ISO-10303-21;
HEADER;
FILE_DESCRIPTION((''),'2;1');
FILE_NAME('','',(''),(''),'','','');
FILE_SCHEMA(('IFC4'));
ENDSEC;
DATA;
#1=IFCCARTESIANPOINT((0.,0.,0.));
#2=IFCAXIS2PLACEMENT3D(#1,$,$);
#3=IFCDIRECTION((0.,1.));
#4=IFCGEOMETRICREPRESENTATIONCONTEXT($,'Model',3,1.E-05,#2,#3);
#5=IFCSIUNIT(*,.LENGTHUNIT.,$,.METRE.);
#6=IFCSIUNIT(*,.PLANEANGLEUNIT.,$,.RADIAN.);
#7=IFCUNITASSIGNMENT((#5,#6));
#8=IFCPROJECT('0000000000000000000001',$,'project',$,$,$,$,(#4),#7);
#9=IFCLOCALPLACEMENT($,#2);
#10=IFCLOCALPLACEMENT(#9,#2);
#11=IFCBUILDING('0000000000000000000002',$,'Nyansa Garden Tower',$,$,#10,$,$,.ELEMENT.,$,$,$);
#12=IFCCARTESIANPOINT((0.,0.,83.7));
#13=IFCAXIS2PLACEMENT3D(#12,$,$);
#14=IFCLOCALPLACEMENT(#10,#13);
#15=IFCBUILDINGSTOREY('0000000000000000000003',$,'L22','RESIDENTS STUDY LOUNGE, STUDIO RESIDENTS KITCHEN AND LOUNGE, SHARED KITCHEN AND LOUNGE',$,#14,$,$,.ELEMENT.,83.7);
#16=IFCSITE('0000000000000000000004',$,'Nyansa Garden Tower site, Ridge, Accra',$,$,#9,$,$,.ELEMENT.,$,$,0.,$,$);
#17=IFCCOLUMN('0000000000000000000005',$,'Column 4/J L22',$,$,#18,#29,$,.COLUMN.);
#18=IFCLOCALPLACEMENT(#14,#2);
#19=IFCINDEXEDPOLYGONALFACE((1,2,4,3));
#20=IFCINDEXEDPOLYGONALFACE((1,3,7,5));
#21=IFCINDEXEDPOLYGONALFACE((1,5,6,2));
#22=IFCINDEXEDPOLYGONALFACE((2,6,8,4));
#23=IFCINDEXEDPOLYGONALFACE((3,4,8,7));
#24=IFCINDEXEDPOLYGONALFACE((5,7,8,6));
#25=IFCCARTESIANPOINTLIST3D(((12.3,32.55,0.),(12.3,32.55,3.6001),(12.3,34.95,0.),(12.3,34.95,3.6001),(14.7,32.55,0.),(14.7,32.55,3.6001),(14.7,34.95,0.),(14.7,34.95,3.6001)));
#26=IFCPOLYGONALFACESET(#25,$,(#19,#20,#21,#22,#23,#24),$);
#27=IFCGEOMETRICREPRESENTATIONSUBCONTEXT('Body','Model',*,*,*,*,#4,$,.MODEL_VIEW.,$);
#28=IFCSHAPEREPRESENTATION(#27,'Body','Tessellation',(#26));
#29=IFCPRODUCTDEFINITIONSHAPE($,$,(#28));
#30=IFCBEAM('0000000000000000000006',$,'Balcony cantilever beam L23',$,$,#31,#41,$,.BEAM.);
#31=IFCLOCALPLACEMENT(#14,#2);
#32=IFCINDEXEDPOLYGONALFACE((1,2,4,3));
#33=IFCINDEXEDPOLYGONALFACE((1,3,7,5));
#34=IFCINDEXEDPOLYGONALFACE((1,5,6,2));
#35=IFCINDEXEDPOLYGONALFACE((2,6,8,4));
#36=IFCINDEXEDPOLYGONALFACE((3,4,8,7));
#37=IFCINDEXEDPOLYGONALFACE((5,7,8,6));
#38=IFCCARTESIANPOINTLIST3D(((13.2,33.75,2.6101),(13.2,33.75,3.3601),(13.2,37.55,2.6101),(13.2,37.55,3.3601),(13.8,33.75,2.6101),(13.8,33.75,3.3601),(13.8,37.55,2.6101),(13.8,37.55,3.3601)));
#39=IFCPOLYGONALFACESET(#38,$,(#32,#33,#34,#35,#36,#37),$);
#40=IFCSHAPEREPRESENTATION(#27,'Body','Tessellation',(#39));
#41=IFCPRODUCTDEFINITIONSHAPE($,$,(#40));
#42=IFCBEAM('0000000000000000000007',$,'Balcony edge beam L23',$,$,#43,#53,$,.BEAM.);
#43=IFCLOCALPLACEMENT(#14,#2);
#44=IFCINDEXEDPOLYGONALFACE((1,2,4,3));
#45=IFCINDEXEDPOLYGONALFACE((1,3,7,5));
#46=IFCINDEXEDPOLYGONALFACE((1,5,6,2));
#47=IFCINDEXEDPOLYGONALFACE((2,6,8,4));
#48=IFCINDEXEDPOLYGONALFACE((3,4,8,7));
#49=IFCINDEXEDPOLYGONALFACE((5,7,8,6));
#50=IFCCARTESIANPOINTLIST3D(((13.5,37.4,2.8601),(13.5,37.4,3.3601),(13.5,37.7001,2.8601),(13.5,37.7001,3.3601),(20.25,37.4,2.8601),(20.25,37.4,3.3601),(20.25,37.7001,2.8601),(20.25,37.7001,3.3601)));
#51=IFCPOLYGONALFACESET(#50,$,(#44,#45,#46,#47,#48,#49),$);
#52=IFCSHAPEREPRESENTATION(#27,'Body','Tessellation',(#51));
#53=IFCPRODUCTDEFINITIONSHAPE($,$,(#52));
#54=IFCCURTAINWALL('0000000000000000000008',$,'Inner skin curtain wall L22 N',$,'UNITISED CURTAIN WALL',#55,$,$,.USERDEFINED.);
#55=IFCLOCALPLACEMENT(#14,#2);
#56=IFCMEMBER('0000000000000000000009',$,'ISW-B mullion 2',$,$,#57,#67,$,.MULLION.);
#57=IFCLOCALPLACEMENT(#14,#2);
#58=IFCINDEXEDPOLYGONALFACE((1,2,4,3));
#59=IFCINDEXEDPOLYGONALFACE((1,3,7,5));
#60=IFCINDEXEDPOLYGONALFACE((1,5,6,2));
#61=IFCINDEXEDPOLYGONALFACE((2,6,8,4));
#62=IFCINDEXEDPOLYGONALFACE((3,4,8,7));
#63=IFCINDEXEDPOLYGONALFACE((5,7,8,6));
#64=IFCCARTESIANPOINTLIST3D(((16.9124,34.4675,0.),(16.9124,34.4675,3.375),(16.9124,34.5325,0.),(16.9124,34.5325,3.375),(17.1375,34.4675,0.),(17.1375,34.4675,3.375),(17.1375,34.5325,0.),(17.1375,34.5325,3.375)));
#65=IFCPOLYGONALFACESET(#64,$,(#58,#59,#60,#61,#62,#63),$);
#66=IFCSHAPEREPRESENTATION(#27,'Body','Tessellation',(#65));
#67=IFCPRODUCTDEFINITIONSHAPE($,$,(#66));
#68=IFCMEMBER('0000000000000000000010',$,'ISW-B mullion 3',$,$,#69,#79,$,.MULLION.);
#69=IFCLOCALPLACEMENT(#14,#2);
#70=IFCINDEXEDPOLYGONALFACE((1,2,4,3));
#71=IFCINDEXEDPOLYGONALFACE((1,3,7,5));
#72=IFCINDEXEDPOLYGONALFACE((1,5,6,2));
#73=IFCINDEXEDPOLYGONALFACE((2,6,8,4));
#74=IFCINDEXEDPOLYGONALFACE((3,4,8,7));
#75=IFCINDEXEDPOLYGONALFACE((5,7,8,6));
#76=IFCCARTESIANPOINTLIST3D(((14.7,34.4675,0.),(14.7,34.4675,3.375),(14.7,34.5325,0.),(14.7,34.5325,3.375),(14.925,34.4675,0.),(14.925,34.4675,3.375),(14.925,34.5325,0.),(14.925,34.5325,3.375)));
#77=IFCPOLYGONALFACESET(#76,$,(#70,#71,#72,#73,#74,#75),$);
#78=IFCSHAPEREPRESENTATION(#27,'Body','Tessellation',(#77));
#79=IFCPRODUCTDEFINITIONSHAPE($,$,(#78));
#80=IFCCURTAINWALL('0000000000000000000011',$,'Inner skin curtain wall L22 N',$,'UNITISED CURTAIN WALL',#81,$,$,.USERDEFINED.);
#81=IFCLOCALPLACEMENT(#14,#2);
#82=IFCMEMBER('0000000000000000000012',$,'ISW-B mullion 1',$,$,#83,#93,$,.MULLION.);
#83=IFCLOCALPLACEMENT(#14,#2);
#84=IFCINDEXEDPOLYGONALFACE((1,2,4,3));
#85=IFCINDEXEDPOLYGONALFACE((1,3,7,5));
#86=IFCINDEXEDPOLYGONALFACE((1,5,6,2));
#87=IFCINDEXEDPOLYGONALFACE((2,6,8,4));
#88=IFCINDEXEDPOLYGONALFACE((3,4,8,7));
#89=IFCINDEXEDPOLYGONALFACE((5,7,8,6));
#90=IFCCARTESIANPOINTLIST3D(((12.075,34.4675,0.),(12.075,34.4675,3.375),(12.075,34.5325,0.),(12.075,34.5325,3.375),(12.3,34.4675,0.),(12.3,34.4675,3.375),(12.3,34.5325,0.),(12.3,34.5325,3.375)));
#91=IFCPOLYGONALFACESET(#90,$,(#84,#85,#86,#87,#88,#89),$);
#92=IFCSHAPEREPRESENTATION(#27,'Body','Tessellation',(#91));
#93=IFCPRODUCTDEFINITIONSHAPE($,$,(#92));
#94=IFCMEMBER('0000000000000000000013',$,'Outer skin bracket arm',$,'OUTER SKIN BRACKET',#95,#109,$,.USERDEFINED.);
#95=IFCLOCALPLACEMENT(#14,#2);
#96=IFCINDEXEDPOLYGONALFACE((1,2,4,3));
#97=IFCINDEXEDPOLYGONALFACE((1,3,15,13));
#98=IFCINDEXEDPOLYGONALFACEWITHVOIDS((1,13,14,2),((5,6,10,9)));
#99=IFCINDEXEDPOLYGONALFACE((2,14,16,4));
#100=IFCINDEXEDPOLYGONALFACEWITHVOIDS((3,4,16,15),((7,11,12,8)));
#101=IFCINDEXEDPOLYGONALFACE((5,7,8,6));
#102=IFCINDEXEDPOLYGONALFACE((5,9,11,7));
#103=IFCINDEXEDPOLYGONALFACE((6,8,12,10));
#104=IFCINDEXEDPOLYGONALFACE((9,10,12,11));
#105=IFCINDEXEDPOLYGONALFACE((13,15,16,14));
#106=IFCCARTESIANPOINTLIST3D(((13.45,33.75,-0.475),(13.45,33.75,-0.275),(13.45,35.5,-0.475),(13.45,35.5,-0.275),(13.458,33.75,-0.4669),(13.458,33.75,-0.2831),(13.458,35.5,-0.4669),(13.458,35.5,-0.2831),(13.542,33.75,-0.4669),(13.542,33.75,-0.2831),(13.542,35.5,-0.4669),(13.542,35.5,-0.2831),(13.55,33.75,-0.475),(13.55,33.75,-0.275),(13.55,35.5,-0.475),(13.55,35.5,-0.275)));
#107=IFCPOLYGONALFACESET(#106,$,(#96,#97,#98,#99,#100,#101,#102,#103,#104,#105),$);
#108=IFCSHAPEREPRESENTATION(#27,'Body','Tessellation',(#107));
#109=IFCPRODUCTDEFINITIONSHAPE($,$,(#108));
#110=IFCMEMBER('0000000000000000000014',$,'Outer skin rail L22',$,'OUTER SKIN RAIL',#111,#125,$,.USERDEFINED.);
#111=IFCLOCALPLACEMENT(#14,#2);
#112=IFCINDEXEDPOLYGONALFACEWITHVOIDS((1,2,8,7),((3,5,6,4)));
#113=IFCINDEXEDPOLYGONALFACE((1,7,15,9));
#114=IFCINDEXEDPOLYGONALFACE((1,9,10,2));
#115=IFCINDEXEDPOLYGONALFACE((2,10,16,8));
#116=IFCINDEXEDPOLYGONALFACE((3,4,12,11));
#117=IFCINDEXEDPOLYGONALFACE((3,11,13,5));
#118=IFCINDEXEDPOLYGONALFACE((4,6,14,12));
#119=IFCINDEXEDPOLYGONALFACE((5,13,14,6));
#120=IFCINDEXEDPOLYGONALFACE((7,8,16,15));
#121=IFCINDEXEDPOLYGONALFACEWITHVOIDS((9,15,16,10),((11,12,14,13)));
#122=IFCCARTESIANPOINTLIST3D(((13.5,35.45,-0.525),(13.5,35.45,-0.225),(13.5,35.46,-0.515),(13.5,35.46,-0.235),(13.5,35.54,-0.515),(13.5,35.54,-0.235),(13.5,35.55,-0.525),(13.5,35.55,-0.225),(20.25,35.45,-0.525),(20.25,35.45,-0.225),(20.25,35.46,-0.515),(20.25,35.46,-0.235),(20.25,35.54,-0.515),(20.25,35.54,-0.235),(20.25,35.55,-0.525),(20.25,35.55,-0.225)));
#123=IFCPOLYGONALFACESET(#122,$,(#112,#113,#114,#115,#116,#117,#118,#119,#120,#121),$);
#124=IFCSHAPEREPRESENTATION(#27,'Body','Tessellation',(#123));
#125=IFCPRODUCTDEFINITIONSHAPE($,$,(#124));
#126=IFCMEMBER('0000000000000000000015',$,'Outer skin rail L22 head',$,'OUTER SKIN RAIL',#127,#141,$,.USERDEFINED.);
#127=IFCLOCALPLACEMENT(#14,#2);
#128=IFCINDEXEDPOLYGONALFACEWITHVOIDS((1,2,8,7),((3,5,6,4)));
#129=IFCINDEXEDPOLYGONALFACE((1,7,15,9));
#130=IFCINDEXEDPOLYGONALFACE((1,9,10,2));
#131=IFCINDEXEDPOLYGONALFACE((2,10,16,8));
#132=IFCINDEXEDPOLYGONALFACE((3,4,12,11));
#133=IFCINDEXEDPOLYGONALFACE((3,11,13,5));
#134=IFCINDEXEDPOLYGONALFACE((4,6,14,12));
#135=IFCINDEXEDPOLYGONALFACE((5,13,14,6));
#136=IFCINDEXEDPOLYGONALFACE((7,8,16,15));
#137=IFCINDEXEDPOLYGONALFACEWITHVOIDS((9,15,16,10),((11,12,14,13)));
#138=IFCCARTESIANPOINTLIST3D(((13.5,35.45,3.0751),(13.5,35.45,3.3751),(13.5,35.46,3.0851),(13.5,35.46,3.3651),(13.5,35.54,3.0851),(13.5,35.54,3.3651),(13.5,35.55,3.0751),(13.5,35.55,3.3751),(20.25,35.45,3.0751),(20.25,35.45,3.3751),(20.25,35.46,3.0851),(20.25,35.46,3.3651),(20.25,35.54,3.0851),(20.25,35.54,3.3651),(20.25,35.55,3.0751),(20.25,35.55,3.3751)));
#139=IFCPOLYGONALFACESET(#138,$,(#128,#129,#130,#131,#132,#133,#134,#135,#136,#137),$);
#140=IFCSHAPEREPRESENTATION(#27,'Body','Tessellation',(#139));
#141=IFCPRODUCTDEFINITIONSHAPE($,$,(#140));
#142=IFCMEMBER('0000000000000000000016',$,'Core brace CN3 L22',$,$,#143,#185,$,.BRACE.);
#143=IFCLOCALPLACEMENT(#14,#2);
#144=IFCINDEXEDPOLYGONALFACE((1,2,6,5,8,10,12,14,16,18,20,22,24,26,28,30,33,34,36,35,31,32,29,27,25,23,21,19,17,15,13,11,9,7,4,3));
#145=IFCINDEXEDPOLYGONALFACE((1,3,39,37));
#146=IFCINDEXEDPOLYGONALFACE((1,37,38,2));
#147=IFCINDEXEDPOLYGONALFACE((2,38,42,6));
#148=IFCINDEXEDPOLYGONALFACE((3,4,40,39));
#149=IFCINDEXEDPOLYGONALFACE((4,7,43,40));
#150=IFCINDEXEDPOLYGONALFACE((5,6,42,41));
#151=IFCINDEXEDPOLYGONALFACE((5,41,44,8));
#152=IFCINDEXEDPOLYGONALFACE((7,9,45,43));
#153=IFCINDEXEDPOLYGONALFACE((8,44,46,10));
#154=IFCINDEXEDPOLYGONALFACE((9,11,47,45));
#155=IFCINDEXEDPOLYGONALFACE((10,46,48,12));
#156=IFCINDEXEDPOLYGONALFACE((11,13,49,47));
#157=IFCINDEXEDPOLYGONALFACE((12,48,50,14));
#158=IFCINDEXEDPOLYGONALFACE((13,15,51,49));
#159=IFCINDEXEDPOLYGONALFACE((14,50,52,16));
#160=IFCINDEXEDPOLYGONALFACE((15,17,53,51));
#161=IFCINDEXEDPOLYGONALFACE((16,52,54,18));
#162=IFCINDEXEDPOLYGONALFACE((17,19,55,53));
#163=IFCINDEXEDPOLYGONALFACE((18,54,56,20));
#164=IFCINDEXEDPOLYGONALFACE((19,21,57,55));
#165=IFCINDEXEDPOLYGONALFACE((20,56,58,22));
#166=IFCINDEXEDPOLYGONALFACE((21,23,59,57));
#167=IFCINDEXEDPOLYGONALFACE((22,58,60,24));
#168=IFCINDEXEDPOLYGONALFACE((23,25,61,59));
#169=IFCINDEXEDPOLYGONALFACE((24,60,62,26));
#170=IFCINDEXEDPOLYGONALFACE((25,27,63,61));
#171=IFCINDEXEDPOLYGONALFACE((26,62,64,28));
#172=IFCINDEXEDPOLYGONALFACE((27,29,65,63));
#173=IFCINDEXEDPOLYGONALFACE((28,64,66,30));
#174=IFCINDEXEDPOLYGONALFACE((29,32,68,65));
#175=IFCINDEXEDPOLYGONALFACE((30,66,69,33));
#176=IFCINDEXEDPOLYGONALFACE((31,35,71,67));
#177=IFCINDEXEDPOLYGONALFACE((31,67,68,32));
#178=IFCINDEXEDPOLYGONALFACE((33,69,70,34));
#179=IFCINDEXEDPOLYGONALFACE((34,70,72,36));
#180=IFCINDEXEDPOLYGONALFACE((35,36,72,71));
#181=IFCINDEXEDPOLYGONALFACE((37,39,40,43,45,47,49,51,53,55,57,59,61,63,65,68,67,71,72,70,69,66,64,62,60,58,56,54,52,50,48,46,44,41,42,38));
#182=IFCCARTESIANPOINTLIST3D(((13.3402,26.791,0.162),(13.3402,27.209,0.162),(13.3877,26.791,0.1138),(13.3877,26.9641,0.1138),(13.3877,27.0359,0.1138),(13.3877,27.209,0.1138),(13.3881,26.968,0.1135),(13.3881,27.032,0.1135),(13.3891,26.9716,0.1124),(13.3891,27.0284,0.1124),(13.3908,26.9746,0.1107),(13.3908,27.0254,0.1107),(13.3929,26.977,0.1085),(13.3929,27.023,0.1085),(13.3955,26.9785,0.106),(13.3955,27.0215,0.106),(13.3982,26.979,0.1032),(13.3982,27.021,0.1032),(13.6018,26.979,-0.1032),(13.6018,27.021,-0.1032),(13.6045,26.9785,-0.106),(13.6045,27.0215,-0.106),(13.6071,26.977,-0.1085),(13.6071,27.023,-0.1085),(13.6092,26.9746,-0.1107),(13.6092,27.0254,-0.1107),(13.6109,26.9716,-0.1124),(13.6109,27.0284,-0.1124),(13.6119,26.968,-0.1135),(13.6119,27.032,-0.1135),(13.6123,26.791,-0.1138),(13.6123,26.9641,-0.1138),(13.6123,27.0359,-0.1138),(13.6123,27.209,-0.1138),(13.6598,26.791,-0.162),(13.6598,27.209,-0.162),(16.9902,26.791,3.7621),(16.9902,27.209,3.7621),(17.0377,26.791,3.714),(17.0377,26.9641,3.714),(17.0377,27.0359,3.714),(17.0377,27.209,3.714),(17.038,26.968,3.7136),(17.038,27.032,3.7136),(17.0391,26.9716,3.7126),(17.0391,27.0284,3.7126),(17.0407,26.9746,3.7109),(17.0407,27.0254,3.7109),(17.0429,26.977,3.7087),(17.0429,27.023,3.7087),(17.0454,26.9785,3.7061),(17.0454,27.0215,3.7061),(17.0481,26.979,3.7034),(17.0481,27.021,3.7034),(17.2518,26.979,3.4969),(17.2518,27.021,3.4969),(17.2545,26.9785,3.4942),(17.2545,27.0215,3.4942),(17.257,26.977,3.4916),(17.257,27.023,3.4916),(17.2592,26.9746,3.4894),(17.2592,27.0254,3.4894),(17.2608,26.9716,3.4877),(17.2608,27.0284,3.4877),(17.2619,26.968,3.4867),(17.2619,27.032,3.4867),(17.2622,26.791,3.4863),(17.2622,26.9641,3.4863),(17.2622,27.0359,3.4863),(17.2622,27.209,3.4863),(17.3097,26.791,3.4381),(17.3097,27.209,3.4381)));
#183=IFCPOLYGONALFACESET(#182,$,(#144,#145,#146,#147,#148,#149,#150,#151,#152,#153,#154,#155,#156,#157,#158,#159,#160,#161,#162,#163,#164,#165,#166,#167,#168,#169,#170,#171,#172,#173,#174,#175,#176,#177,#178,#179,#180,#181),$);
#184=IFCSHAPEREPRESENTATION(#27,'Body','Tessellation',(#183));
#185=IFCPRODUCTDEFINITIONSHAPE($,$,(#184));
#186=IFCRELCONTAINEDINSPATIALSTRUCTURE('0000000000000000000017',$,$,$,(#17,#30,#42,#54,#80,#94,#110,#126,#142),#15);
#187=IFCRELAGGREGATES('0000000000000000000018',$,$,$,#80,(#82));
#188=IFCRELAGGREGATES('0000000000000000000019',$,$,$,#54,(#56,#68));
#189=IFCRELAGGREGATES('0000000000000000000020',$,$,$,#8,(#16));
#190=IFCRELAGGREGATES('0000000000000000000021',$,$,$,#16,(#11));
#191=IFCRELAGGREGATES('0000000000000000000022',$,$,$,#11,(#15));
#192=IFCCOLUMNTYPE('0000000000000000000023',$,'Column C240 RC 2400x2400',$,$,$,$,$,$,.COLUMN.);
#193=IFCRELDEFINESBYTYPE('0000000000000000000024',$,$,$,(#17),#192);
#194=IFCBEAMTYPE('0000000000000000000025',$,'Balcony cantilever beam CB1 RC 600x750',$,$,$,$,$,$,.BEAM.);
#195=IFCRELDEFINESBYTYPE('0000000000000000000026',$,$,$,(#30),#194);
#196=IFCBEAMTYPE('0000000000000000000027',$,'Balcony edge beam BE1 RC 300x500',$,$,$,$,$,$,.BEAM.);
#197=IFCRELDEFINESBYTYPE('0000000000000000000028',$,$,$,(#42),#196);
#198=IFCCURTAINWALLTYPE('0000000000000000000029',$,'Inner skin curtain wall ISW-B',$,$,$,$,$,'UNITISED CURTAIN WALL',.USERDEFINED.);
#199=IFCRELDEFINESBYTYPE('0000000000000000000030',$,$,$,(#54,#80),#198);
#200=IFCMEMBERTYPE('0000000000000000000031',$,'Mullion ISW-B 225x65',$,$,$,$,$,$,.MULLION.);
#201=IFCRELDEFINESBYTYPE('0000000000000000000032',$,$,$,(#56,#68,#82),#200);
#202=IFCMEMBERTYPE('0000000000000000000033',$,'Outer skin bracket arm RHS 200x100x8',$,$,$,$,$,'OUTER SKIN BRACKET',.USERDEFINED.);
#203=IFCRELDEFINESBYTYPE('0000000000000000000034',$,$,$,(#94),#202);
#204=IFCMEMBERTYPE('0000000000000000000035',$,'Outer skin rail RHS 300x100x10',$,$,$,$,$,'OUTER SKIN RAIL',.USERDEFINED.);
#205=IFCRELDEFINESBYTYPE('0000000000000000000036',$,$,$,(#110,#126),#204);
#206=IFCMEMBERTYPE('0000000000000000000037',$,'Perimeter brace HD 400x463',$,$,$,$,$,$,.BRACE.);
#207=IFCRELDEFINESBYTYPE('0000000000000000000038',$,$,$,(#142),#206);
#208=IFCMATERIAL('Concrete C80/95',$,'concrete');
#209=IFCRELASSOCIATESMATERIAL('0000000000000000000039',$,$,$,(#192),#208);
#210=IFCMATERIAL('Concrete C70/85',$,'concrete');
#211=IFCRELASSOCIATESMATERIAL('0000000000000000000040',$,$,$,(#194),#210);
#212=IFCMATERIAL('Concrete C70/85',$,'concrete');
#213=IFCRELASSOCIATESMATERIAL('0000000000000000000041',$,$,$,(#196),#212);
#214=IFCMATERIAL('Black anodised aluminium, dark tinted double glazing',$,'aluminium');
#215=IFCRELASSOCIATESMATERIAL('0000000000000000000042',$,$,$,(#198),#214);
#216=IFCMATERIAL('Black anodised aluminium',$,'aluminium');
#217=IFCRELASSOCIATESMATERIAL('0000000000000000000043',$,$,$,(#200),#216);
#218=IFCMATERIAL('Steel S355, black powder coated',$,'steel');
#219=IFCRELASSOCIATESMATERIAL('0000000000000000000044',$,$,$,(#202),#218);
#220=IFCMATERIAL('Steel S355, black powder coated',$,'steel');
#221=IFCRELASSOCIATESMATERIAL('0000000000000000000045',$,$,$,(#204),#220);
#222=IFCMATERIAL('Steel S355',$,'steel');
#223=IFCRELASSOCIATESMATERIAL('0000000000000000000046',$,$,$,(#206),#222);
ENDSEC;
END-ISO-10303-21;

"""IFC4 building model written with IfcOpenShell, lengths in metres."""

from ifc_helpers import new_model, si_unit, direction, frame, origin, origin_2d, place, context, subcontext, project, spatial, rectangle, hollow_rectangle, i_section, extrude, material, material_profile, profile_set, type_object, element, aggregate, save


model = new_model("IFC4")

# Units and contexts
model_context = context("Model", 3, precision=1e-05, world=origin(), true_north=direction((0.0, 1.0)))
body_context = subcontext(model_context, "Body", "Model", "MODEL_VIEW")
ifc_project = project(units=[si_unit("LENGTHUNIT", "METRE"), si_unit("PLANEANGLEUNIT", "RADIAN")], contexts=[model_context])

# Site, building, storey
site_placement = place(None, origin())
site = spatial("IfcSite", under=ifc_project, at=site_placement, Name="Nyansa Garden Tower site, Ridge, Accra", CompositionType="ELEMENT", RefElevation=0.0)
building_placement = place(site_placement, origin())
building = spatial("IfcBuilding", under=site, at=building_placement, Name="Nyansa Garden Tower", CompositionType="ELEMENT")
storey_placement = place(building_placement, frame((0.0, 0.0, 83.7)))
storey = spatial("IfcBuildingStorey", under=building, at=storey_placement, Name="L22", Description="RESIDENTS STUDY LOUNGE, STUDIO RESIDENTS KITCHEN AND LOUNGE, SHARED KITCHEN AND LOUNGE", CompositionType="ELEMENT", Elevation=83.7)

# Column
ifc_material_1 = material(Name="Concrete C80/95", Category="concrete")
ifc_material_profile_1 = material_profile(ifc_material_1, rectangle(XDim=2.3999, YDim=2.3999, at=origin_2d()), Name="RC 2400x2400")
ifc_profile_set_1 = profile_set([ifc_material_profile_1], Name="Concrete C80/95")
column_type = type_object("IfcColumnType", Name="Column C240 RC 2400x2400", PredefinedType="COLUMN", material=ifc_profile_set_1)
column_placement = place(storey_placement, frame((13.5, 33.75, 0.0), z_axis=(0.0, 0.0, 1.0), x_axis=(1.0, 0.0, 0.0)))
element("IfcColumn", 1, at=column_placement, inside=storey, type_object=column_type, Name="Column 4/J L22", PredefinedType="COLUMN", context=body_context, shape_type="SweptSolid", body=[
    extrude(rectangle(XDim=2.3999, YDim=2.3999, at=origin_2d()), origin(), (0.0, 0.0, 1.0), 3.6001),
])

# Beams
ifc_material_2 = material(Name="Concrete C70/85", Category="concrete")
ifc_material_profile_2 = material_profile(ifc_material_2, rectangle(XDim=0.6001, YDim=0.75, at=origin_2d()), Name="RC 600x750")
ifc_profile_set_2 = profile_set([ifc_material_profile_2], Name="Concrete C70/85")
beam_type_1 = type_object("IfcBeamType", Name="Balcony cantilever beam CB1 RC 600x750", PredefinedType="BEAM", material=ifc_profile_set_2)
beam_1_placement = place(storey_placement, frame((13.5, 33.75, 2.9851), z_axis=(0.0, 1.0, 0.0), x_axis=(-1.0, 0.0, 0.0)))
element("IfcBeam", 2, at=beam_1_placement, inside=storey, type_object=beam_type_1, Name="Balcony cantilever beam L23", PredefinedType="BEAM", context=body_context, shape_type="SweptSolid", body=[
    extrude(rectangle(XDim=0.6001, YDim=0.75, at=origin_2d()), origin(), (0.0, 0.0, 1.0), 3.8),
])
ifc_material_3 = material(Name="Concrete C70/85", Category="concrete")
ifc_material_profile_3 = material_profile(ifc_material_3, rectangle(XDim=0.3, YDim=0.5, at=origin_2d()), Name="RC 300x500")
ifc_profile_set_3 = profile_set([ifc_material_profile_3], Name="Concrete C70/85")
beam_type_2 = type_object("IfcBeamType", Name="Balcony edge beam BE1 RC 300x500", PredefinedType="BEAM", material=ifc_profile_set_3)
beam_2_placement = place(storey_placement, frame((13.5, 37.55, 3.1101), z_axis=(1.0, 0.0, 0.0), x_axis=(0.0, 1.0, 0.0)))
element("IfcBeam", 3, at=beam_2_placement, inside=storey, type_object=beam_type_2, Name="Balcony edge beam L23", PredefinedType="BEAM", context=body_context, shape_type="SweptSolid", body=[
    extrude(rectangle(XDim=0.3, YDim=0.5, at=origin_2d()), origin(), (0.0, 0.0, 1.0), 6.75),
])

# Curtain wall, members
ifc_material_4 = material(Name="Black anodised aluminium, dark tinted double glazing", Category="aluminium")
curtain_wall_type = type_object("IfcCurtainWallType", Name="Inner skin curtain wall ISW-B", ElementType="UNITISED CURTAIN WALL", PredefinedType="USERDEFINED", material=ifc_material_4)
curtain_wall_1_placement = place(storey_placement, origin())
curtain_wall_1 = element("IfcCurtainWall", 4, at=curtain_wall_1_placement, inside=storey, type_object=curtain_wall_type, Name="Inner skin curtain wall L22 N", ObjectType="UNITISED CURTAIN WALL", PredefinedType="USERDEFINED")
ifc_material_5 = material(Name="Black anodised aluminium", Category="aluminium")
ifc_material_profile_4 = material_profile(ifc_material_5, rectangle(XDim=0.0649, YDim=0.2251, at=origin_2d()), Name="Mullion 225x65")
ifc_profile_set_4 = profile_set([ifc_material_profile_4], Name="Black anodised aluminium")
member_type_1 = type_object("IfcMemberType", Name="Mullion ISW-B 225x65", PredefinedType="MULLION", material=ifc_profile_set_4)
member_1_placement = place(storey_placement, frame((17.0249, 34.5, 0.0), z_axis=(0.0, 0.0, 1.0), x_axis=(0.0, -1.0, 0.0)))
member_1 = element("IfcMember", 5, at=member_1_placement, type_object=member_type_1, Name="ISW-B mullion 2", PredefinedType="MULLION", context=body_context, shape_type="SweptSolid", body=[
    extrude(rectangle(XDim=0.0649, YDim=0.2251, at=origin_2d()), origin(), (0.0, 0.0, 1.0), 3.375),
])
member_2_placement = place(storey_placement, frame((14.8125, 34.5, 0.0), z_axis=(0.0, 0.0, 1.0), x_axis=(0.0, -1.0, 0.0)))
member_2 = element("IfcMember", 6, at=member_2_placement, type_object=member_type_1, Name="ISW-B mullion 3", PredefinedType="MULLION", context=body_context, shape_type="SweptSolid", body=[
    extrude(rectangle(XDim=0.0649, YDim=0.2251, at=origin_2d()), origin(), (0.0, 0.0, 1.0), 3.375),
])

# Curtain wall, member
curtain_wall_2_placement = place(storey_placement, origin())
curtain_wall_2 = element("IfcCurtainWall", 7, at=curtain_wall_2_placement, inside=storey, type_object=curtain_wall_type, Name="Inner skin curtain wall L22 N", ObjectType="UNITISED CURTAIN WALL", PredefinedType="USERDEFINED")
member_3_placement = place(storey_placement, frame((12.1875, 34.5, 0.0), z_axis=(0.0, 0.0, 1.0), x_axis=(0.0, -1.0, 0.0)))
member_3 = element("IfcMember", 8, at=member_3_placement, type_object=member_type_1, Name="ISW-B mullion 1", PredefinedType="MULLION", context=body_context, shape_type="SweptSolid", body=[
    extrude(rectangle(XDim=0.0649, YDim=0.2251, at=origin_2d()), origin(), (0.0, 0.0, 1.0), 3.375),
])

# Members
ifc_material_6 = material(Name="Steel S355, black powder coated", Category="steel")
ifc_material_profile_5 = material_profile(ifc_material_6, hollow_rectangle(XDim=0.1001, YDim=0.2, WallThickness=0.0081, at=origin_2d()), Name="RHS 200x100x8")
ifc_profile_set_5 = profile_set([ifc_material_profile_5], Name="Steel S355, black powder coated")
member_type_2 = type_object("IfcMemberType", Name="Outer skin bracket arm RHS 200x100x8", ElementType="OUTER SKIN BRACKET", PredefinedType="USERDEFINED", material=ifc_profile_set_5)
member_4_placement = place(storey_placement, frame((13.5, 33.75, -0.375), z_axis=(0.0, 1.0, 0.0), x_axis=(-1.0, 0.0, 0.0)))
element("IfcMember", 9, at=member_4_placement, inside=storey, type_object=member_type_2, Name="Outer skin bracket arm", ObjectType="OUTER SKIN BRACKET", PredefinedType="USERDEFINED", context=body_context, shape_type="SweptSolid", body=[
    extrude(hollow_rectangle(XDim=0.1001, YDim=0.2, WallThickness=0.0081, at=origin_2d()), origin(), (0.0, 0.0, 1.0), 1.75),
])
ifc_material_7 = material(Name="Steel S355, black powder coated", Category="steel")
ifc_material_profile_6 = material_profile(ifc_material_7, hollow_rectangle(XDim=0.1001, YDim=0.3, WallThickness=0.01, at=origin_2d()), Name="RHS 300x100x10")
ifc_profile_set_6 = profile_set([ifc_material_profile_6], Name="Steel S355, black powder coated")
member_type_3 = type_object("IfcMemberType", Name="Outer skin rail RHS 300x100x10", ElementType="OUTER SKIN RAIL", PredefinedType="USERDEFINED", material=ifc_profile_set_6)
for number, where, z_axis, x_axis, name in (
    (10, (13.5, 35.5, -0.375), (1.0, 0.0, 0.0), (0.0, 1.0, 0.0), "Outer skin rail L22"),
    (11, (13.5, 35.5, 3.2251), (1.0, 0.0, 0.0), (0.0, 1.0, 0.0), "Outer skin rail L22 head"),
):
    element("IfcMember", number, at=place(storey_placement, frame(where, z_axis=z_axis, x_axis=x_axis)), inside=storey, type_object=member_type_3, Name=name, ObjectType="OUTER SKIN RAIL", PredefinedType="USERDEFINED", context=body_context, shape_type="SweptSolid", body=[
        extrude(hollow_rectangle(XDim=0.1001, YDim=0.3, WallThickness=0.01, at=origin_2d()), origin(), (0.0, 0.0, 1.0), 6.75),
    ])
ifc_material_8 = material(Name="Steel S355", Category="steel")
ifc_material_profile_7 = material_profile(ifc_material_8, i_section(OverallWidth=0.418, OverallDepth=0.4551, WebThickness=0.042, FlangeThickness=0.0676, FilletRadius=0.0149, at=origin_2d()), Name="HD 400x463")
ifc_profile_set_7 = profile_set([ifc_material_profile_7], Name="Steel S355")
member_type_4 = type_object("IfcMemberType", Name="Perimeter brace HD 400x463", PredefinedType="BRACE", material=ifc_profile_set_7)
member_5_placement = place(storey_placement, frame((13.5, 27.0, 0.0), z_axis=(0.711948, 0.0, 0.702233), x_axis=(0.0, 1.0, 0.0)))
element("IfcMember", 12, at=member_5_placement, inside=storey, type_object=member_type_4, Name="Core brace CN3 L22", PredefinedType="BRACE", context=body_context, shape_type="SweptSolid", body=[
    extrude(i_section(OverallWidth=0.418, OverallDepth=0.4551, WebThickness=0.042, FlangeThickness=0.0676, FilletRadius=0.0149, at=origin_2d()), origin(), (0.0, 0.0, 1.0), 5.1267),
])

aggregate(curtain_wall_2, [member_3])

aggregate(curtain_wall_1, [member_1, member_2])

save(model, "model.ifc")
